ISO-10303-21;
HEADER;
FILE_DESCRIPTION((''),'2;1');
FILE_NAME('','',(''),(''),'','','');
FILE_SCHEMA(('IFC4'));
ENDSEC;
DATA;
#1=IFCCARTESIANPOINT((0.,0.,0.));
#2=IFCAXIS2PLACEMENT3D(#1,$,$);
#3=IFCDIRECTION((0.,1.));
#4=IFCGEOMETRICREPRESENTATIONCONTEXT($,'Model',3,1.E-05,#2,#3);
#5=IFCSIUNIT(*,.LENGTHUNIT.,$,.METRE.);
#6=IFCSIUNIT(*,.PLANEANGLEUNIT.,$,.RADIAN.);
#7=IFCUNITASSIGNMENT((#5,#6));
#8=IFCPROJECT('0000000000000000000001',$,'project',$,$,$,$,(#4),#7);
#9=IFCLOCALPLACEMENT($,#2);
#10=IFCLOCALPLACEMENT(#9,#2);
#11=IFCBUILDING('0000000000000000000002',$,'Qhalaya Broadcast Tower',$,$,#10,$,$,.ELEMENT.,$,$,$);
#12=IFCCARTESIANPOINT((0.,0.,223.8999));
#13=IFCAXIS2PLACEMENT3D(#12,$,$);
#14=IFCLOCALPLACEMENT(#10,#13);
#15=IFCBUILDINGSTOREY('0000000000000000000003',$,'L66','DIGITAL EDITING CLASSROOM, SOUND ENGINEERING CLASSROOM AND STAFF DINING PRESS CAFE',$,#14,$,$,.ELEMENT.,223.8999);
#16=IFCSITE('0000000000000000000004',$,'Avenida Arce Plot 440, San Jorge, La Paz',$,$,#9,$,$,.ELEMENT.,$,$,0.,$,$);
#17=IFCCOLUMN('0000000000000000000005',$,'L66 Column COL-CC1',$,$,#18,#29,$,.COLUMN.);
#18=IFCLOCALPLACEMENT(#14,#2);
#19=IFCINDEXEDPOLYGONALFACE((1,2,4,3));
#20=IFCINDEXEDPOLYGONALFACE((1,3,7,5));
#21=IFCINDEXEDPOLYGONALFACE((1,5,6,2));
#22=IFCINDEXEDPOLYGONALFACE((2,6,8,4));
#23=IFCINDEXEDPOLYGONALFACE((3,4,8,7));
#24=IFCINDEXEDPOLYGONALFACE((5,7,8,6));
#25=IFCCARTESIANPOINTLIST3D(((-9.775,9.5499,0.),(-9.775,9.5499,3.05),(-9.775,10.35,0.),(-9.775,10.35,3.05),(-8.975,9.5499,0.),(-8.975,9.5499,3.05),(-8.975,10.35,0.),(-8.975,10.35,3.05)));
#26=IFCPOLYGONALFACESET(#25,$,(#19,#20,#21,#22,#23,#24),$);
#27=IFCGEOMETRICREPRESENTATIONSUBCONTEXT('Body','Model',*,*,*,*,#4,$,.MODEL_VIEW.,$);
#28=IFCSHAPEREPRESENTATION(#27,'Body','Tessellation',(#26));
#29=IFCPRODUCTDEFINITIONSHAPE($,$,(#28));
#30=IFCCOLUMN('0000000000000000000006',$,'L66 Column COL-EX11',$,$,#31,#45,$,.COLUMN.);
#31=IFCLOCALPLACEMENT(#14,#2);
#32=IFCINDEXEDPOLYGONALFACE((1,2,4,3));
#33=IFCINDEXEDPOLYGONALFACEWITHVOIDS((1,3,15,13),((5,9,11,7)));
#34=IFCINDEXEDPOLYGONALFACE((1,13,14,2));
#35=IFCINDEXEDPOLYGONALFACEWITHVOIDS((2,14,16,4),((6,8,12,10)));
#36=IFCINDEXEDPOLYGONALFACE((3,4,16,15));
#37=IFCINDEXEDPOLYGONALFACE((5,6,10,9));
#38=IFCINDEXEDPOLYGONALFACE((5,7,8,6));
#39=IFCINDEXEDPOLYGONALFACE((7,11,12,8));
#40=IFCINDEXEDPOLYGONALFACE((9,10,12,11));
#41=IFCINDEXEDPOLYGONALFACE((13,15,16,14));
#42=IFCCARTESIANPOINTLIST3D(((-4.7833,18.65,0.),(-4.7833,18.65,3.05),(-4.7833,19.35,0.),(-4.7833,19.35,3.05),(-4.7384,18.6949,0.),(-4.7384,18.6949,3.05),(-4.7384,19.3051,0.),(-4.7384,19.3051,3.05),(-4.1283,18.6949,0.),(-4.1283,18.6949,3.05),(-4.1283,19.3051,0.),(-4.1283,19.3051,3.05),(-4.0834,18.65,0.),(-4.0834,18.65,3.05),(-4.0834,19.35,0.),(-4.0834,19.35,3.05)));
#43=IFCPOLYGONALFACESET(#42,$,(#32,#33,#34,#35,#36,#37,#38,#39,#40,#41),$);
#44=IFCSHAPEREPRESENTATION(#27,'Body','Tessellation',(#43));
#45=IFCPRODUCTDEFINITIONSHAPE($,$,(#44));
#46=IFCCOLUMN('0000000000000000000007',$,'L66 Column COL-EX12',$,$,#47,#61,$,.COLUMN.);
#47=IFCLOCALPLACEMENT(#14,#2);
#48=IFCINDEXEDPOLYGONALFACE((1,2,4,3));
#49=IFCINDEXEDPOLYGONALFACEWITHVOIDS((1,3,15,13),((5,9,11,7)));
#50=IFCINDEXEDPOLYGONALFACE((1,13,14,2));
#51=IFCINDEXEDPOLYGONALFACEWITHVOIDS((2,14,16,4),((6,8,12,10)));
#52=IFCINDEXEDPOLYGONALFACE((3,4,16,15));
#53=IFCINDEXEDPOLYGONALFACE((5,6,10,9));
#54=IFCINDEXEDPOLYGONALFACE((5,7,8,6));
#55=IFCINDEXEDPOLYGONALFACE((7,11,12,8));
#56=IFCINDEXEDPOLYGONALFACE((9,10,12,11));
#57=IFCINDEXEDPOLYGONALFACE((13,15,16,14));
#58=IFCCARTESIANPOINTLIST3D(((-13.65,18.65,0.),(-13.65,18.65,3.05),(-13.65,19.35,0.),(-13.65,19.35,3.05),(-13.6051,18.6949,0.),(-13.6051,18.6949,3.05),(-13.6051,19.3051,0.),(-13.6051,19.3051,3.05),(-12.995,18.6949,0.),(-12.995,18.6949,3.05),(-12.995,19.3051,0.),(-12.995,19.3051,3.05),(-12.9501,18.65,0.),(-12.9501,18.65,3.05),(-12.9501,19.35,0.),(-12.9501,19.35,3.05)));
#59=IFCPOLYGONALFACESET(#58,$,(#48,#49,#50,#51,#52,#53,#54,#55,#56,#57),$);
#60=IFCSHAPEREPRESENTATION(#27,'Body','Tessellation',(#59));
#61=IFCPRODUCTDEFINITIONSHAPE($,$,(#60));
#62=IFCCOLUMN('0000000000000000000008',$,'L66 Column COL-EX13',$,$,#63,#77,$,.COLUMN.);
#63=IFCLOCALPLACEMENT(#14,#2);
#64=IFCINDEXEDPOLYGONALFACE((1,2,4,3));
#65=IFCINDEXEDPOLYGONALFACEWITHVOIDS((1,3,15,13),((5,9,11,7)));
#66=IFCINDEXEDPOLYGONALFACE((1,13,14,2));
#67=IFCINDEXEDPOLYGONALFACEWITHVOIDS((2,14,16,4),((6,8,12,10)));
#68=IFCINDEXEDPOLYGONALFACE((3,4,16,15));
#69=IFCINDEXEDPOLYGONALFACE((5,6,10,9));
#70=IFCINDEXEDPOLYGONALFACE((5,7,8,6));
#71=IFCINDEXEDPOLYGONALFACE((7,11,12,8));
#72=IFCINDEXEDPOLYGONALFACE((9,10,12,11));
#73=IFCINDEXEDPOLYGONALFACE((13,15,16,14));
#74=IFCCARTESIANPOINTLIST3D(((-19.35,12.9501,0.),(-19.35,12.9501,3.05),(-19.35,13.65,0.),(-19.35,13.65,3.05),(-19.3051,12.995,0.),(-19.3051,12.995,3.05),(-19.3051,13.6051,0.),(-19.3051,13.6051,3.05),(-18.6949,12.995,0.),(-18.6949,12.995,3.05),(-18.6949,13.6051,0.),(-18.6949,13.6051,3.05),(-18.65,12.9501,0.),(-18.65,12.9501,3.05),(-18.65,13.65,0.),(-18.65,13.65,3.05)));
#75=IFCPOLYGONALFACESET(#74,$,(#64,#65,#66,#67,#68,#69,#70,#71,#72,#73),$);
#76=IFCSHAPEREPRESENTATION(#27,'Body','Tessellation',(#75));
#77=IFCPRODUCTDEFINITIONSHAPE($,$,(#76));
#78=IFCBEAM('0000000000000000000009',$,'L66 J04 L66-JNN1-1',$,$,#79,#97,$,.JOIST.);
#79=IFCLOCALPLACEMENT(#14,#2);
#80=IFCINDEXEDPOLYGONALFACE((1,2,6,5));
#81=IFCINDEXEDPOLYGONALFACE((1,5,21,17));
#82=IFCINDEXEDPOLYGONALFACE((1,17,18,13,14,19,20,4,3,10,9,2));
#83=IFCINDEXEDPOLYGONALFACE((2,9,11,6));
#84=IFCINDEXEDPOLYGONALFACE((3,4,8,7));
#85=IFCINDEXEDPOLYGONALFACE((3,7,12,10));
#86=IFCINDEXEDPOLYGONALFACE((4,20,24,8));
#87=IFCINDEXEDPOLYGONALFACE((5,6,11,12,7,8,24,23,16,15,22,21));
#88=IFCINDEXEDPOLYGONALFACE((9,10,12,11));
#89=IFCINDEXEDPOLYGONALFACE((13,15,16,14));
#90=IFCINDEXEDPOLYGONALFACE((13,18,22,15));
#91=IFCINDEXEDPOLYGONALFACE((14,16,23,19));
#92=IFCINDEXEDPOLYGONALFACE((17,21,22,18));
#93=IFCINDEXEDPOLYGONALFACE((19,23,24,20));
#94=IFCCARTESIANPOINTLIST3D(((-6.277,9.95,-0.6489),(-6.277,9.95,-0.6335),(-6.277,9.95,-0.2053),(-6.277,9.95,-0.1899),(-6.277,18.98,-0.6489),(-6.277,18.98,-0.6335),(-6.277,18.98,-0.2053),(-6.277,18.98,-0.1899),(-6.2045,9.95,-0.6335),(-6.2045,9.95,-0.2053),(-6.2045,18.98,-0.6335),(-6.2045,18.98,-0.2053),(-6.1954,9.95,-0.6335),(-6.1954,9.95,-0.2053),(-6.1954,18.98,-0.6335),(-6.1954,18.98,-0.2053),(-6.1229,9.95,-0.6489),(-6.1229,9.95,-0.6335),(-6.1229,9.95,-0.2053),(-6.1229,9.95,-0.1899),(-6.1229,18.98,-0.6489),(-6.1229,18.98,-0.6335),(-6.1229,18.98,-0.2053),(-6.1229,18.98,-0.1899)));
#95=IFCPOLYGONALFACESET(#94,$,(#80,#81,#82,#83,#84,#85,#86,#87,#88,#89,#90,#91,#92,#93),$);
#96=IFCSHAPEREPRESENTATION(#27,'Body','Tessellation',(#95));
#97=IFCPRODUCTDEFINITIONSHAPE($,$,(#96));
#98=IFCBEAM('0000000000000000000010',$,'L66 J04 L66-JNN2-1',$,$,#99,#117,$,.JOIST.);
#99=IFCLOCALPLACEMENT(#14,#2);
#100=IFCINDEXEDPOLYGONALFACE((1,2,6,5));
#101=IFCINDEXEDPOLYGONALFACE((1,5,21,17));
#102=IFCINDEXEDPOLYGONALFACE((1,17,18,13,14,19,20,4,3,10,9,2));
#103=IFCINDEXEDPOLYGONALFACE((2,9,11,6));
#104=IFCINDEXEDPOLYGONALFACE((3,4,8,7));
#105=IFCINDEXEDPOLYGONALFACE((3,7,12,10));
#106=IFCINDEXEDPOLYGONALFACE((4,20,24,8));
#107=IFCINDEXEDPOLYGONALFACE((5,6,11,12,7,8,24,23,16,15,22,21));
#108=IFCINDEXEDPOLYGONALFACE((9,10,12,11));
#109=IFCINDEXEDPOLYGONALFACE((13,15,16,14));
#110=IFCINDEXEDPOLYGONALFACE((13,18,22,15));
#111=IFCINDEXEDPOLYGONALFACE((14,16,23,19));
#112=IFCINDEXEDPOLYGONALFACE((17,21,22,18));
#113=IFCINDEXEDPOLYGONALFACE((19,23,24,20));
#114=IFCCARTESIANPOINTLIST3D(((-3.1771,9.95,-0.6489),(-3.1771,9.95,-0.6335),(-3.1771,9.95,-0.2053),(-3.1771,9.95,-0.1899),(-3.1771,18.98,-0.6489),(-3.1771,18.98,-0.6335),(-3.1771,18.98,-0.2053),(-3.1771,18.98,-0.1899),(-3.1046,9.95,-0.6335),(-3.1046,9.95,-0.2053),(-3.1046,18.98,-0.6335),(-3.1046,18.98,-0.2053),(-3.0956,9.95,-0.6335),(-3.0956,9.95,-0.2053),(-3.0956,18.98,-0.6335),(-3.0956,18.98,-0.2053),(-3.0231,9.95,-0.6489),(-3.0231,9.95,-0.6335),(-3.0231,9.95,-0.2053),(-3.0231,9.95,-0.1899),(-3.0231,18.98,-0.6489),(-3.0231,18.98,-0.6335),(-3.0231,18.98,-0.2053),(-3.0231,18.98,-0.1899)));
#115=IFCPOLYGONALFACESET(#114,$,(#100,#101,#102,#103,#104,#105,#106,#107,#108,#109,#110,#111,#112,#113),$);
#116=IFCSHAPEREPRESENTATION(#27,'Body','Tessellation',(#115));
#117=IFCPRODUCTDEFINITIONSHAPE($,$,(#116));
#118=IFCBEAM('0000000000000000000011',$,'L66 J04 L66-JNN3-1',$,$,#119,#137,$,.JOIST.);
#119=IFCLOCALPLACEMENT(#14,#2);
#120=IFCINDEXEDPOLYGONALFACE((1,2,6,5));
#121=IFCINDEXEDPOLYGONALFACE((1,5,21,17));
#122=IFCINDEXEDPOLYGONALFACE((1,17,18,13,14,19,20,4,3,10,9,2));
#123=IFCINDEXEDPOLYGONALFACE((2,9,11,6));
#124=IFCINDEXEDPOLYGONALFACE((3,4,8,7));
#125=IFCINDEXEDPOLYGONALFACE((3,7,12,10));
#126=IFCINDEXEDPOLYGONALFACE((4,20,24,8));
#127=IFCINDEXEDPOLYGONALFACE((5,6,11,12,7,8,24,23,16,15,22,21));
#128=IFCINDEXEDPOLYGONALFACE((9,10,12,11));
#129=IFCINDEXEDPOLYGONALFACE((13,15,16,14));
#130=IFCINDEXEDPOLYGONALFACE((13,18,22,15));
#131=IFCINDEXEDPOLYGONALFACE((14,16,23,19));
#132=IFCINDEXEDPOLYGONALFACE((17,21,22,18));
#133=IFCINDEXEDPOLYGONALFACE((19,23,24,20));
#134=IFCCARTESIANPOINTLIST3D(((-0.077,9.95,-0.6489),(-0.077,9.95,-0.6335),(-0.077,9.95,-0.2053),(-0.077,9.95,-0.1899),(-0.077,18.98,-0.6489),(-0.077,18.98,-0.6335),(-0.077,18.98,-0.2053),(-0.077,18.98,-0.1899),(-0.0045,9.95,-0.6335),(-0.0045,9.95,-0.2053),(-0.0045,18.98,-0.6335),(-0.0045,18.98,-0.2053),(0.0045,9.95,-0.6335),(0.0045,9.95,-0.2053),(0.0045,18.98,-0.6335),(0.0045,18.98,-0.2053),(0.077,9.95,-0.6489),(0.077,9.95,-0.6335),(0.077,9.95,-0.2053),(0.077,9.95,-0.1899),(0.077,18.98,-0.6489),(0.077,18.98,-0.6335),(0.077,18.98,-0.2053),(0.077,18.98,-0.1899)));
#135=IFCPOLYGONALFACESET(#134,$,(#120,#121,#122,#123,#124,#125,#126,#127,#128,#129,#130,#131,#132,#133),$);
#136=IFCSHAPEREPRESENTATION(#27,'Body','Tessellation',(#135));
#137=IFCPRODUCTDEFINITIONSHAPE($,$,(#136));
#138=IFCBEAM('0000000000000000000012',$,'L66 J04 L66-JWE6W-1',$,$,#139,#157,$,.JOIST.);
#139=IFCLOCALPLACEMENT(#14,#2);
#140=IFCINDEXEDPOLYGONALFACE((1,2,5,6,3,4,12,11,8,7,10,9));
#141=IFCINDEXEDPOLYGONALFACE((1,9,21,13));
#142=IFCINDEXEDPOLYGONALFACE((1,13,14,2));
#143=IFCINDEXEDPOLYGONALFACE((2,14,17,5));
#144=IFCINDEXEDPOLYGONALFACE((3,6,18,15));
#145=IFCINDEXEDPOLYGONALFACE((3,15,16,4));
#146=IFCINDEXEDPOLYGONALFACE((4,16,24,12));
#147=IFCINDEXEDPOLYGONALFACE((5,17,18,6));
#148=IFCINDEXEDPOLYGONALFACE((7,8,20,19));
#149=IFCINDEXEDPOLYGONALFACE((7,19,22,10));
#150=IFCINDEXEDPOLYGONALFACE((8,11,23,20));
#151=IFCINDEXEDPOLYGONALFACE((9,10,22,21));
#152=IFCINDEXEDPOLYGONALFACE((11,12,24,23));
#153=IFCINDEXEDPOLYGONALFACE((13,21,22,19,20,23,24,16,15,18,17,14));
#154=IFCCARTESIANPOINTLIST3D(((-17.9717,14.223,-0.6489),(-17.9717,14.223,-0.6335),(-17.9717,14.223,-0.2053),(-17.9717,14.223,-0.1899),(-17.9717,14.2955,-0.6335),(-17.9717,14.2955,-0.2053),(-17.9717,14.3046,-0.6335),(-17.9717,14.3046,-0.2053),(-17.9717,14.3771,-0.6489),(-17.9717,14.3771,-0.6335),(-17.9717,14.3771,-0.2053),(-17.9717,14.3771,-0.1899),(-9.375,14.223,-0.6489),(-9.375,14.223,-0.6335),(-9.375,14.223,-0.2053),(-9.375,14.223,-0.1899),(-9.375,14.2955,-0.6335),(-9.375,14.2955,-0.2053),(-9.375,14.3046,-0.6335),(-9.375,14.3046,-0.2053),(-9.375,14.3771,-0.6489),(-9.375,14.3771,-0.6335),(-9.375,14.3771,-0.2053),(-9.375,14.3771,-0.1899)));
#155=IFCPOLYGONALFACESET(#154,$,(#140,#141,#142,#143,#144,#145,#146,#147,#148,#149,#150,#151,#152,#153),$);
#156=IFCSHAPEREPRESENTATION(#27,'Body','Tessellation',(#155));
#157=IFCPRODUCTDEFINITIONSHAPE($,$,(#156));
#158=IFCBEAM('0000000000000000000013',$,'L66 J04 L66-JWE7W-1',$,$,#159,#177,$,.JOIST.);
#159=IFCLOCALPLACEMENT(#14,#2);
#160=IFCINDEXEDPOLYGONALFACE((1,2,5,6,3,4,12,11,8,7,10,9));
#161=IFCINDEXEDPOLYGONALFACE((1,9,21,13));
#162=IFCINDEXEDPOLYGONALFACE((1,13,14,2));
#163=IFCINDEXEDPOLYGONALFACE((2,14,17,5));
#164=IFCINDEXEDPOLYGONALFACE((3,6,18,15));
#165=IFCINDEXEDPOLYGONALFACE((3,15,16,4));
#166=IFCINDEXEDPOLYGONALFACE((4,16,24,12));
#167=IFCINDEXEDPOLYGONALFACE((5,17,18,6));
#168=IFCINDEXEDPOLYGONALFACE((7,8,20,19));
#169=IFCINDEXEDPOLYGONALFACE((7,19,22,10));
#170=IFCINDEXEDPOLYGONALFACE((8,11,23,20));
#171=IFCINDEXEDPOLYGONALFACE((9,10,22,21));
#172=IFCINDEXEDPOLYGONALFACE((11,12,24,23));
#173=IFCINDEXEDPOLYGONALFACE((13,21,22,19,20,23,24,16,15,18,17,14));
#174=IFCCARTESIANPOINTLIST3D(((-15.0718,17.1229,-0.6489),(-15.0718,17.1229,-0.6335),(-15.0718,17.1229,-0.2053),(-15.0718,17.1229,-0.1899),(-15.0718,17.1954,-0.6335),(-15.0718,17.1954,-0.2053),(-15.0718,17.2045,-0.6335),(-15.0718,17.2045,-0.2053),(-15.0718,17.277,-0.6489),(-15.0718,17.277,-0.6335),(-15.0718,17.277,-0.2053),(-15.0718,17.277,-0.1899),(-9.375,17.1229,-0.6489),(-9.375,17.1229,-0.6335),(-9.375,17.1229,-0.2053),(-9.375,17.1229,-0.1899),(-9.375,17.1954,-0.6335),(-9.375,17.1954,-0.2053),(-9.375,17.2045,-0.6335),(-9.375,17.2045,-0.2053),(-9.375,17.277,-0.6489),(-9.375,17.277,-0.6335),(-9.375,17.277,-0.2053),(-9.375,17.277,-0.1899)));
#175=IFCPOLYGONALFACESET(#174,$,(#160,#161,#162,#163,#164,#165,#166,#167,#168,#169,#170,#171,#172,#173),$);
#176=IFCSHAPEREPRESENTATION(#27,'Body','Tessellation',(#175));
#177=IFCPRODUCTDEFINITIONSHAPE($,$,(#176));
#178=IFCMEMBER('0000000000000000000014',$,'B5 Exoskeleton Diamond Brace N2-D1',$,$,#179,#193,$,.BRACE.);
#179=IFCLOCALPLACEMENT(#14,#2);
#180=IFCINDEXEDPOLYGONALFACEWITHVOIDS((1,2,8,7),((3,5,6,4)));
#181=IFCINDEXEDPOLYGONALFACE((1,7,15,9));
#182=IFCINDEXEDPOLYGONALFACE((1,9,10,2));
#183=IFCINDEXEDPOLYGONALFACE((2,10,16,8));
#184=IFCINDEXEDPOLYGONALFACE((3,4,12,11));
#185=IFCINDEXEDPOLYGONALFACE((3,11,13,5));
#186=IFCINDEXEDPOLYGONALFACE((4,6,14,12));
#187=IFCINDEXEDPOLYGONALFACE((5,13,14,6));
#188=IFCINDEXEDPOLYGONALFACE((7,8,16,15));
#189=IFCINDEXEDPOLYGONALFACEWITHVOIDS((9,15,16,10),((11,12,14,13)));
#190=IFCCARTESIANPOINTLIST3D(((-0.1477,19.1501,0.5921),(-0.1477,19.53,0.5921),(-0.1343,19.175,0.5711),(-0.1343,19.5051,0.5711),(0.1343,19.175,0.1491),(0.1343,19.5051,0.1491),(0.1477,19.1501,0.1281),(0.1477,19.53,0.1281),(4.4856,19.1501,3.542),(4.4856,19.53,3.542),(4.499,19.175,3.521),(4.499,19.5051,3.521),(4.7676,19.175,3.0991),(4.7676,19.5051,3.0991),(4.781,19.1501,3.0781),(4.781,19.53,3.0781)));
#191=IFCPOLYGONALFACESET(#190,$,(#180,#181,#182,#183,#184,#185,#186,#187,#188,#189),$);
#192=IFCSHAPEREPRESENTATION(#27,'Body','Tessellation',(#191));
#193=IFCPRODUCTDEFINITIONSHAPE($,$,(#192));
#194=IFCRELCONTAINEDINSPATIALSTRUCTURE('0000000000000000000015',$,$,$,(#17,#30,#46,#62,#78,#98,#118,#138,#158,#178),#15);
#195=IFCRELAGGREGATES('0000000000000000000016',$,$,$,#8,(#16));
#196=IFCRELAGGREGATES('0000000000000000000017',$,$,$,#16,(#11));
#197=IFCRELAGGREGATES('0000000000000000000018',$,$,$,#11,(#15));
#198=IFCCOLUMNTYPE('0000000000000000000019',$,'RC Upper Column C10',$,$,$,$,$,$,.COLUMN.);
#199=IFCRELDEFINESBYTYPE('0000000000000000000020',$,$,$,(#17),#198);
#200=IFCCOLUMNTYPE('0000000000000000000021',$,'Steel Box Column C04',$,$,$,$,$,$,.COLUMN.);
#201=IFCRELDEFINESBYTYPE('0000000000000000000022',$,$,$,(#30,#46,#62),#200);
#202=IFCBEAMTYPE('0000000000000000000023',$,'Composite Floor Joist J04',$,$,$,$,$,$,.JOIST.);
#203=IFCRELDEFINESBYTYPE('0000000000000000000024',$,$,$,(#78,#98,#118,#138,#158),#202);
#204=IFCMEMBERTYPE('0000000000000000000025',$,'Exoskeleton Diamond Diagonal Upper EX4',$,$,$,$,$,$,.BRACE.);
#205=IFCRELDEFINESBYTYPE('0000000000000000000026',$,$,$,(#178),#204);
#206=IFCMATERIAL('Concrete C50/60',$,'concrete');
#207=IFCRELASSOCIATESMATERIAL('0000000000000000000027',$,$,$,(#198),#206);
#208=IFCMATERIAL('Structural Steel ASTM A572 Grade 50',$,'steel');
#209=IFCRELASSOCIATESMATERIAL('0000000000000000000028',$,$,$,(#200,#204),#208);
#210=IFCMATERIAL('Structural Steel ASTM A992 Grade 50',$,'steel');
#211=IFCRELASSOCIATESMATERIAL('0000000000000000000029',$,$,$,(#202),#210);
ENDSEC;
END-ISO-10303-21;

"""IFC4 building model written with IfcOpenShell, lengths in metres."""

from ifc_helpers import new_model, si_unit, direction, frame, origin, origin_2d, place, context, subcontext, project, spatial, rectangle, hollow_rectangle, i_section, extrude, material, material_profile, profile_set, type_object, element, save


model = new_model("IFC4")

# Units and contexts
model_context = context("Model", 3, precision=1e-05, world=origin(), true_north=direction((0.0, 1.0)))
body_context = subcontext(model_context, "Body", "Model", "MODEL_VIEW")
ifc_project = project(units=[si_unit("LENGTHUNIT", "METRE"), si_unit("PLANEANGLEUNIT", "RADIAN")], contexts=[model_context])

# Site, building, storey
site_placement = place(None, origin())
site = spatial("IfcSite", under=ifc_project, at=site_placement, Name="Avenida Arce Plot 440, San Jorge, La Paz", CompositionType="ELEMENT", RefElevation=0.0)
building_placement = place(site_placement, origin())
building = spatial("IfcBuilding", under=site, at=building_placement, Name="Qhalaya Broadcast Tower", CompositionType="ELEMENT")
storey_placement = place(building_placement, frame((0.0, 0.0, 223.8999)))
storey = spatial("IfcBuildingStorey", under=building, at=storey_placement, Name="L66", Description="DIGITAL EDITING CLASSROOM, SOUND ENGINEERING CLASSROOM AND STAFF DINING PRESS CAFE", CompositionType="ELEMENT", Elevation=223.8999)

# Columns
ifc_material_1 = material(Name="Concrete C50/60", Category="concrete")
ifc_material_profile_1 = material_profile(ifc_material_1, rectangle(XDim=0.8, YDim=0.8, at=origin_2d()), Name="RC-COL 800x800")
ifc_profile_set_1 = profile_set([ifc_material_profile_1], Name="Concrete C50/60")
column_type_1 = type_object("IfcColumnType", Name="RC Upper Column C10", PredefinedType="COLUMN", material=ifc_profile_set_1)
column_placement = place(storey_placement, frame((-9.375, 9.95, 0.0), z_axis=(0.0, 0.0, 1.0), x_axis=(1.0, 0.0, 0.0)))
element("IfcColumn", 1, at=column_placement, inside=storey, type_object=column_type_1, Name="L66 Column COL-CC1", PredefinedType="COLUMN", context=body_context, shape_type="SweptSolid", body=[
    extrude(rectangle(XDim=0.8, YDim=0.8, at=origin_2d()), origin(), (0.0, 0.0, 1.0), 3.05),
])
ifc_material_2 = material(Name="Structural Steel ASTM A572 Grade 50", Category="steel")
ifc_material_profile_2 = material_profile(ifc_material_2, hollow_rectangle(XDim=0.7, YDim=0.7, WallThickness=0.0449, at=origin_2d()), Name="BOX 700x700x45")
ifc_profile_set_2 = profile_set([ifc_material_profile_2], Name="Structural Steel ASTM A572 Grade 50")
column_type_2 = type_object("IfcColumnType", Name="Steel Box Column C04", PredefinedType="COLUMN", material=ifc_profile_set_2)
for number, where, z_axis, x_axis, name in (
    (2, (-4.4333, 19.0, 0.0), (0.0, 0.0, 1.0), (1.0, 0.0, 0.0), "L66 Column COL-EX11"),
    (3, (-13.3, 19.0, 0.0), (0.0, 0.0, 1.0), (1.0, 0.0, 0.0), "L66 Column COL-EX12"),
    (4, (-19.0, 13.3, 0.0), (0.0, 0.0, 1.0), (0.0, 1.0, 0.0), "L66 Column COL-EX13"),
):
    element("IfcColumn", number, at=place(storey_placement, frame(where, z_axis=z_axis, x_axis=x_axis)), inside=storey, type_object=column_type_2, Name=name, PredefinedType="COLUMN", context=body_context, shape_type="SweptSolid", body=[
        extrude(hollow_rectangle(XDim=0.7, YDim=0.7, WallThickness=0.0449, at=origin_2d()), origin(), (0.0, 0.0, 1.0), 3.05),
    ])

# Beams
ifc_material_3 = material(Name="Structural Steel ASTM A992 Grade 50", Category="steel")
ifc_material_profile_3 = material_profile(ifc_material_3, i_section(OverallWidth=0.1541, OverallDepth=0.459, WebThickness=0.009, FlangeThickness=0.0154, at=origin_2d()), Name="W18X46")
ifc_profile_set_3 = profile_set([ifc_material_profile_3], Name="Structural Steel ASTM A992 Grade 50")
beam_type_1 = type_object("IfcBeamType", Name="Composite Floor Joist J04", PredefinedType="JOIST", material=ifc_profile_set_3)
for number, where, z_axis, x_axis, name in (
    (5, (-6.2, 9.95, -0.4194), (0.0, 1.0, 0.0), (-1.0, 0.0, 0.0), "L66 J04 L66-JNN1-1"),
    (6, (-3.1001, 9.95, -0.4194), (0.0, 1.0, 0.0), (-1.0, 0.0, 0.0), "L66 J04 L66-JNN2-1"),
    (7, (0.0, 9.95, -0.4194), (0.0, 1.0, 0.0), (-1.0, 0.0, 0.0), "L66 J04 L66-JNN3-1"),
):
    element("IfcBeam", number, at=place(storey_placement, frame(where, z_axis=z_axis, x_axis=x_axis)), inside=storey, type_object=beam_type_1, Name=name, PredefinedType="JOIST", context=body_context, shape_type="SweptSolid", body=[
        extrude(i_section(OverallWidth=0.1541, OverallDepth=0.459, WebThickness=0.009, FlangeThickness=0.0154, at=origin_2d()), origin(), (0.0, 0.0, 1.0), 9.03),
    ])
beam_1_placement = place(storey_placement, frame((-17.9717, 14.3, -0.4194), z_axis=(1.0, 0.0, 0.0), x_axis=(0.0, 1.0, 0.0)))
element("IfcBeam", 8, at=beam_1_placement, inside=storey, type_object=beam_type_1, Name="L66 J04 L66-JWE6W-1", PredefinedType="JOIST", context=body_context, shape_type="SweptSolid", body=[
    extrude(i_section(OverallWidth=0.1541, OverallDepth=0.459, WebThickness=0.009, FlangeThickness=0.0154, at=origin_2d()), origin(), (0.0, 0.0, 1.0), 8.5967),
])
beam_2_placement = place(storey_placement, frame((-15.0718, 17.2, -0.4194), z_axis=(1.0, 0.0, 0.0), x_axis=(0.0, 1.0, 0.0)))
element("IfcBeam", 9, at=beam_2_placement, inside=storey, type_object=beam_type_1, Name="L66 J04 L66-JWE7W-1", PredefinedType="JOIST", context=body_context, shape_type="SweptSolid", body=[
    extrude(i_section(OverallWidth=0.1541, OverallDepth=0.459, WebThickness=0.009, FlangeThickness=0.0154, at=origin_2d()), origin(), (0.0, 0.0, 1.0), 5.6968),
])

# Member
ifc_material_profile_4 = material_profile(ifc_material_2, hollow_rectangle(XDim=0.3799, YDim=0.55, WallThickness=0.0249, at=origin_2d()), Name="BOX 380x550x25")
ifc_profile_set_4 = profile_set([ifc_material_profile_4], Name="Structural Steel ASTM A572 Grade 50")
member_type = type_object("IfcMemberType", Name="Exoskeleton Diamond Diagonal Upper EX4", PredefinedType="BRACE", material=ifc_profile_set_4)
for number, where, z_axis, x_axis, name in (
    (10, (0.0, 19.3401, 0.3601), (0.843539, 0.0, 0.537068), (0.0, 1.0, 0.0), "B5 Exoskeleton Diamond Brace N2-D1"),
):
    element("IfcMember", number, at=place(storey_placement, frame(where, z_axis=z_axis, x_axis=x_axis)), inside=storey, type_object=member_type, Name=name, PredefinedType="BRACE", context=body_context, shape_type="SweptSolid", body=[
        extrude(hollow_rectangle(XDim=0.3799, YDim=0.55, WallThickness=0.0249, at=origin_2d()), origin(), (0.0, 0.0, 1.0), 5.4927),
    ])

save(model, "model.ifc")
